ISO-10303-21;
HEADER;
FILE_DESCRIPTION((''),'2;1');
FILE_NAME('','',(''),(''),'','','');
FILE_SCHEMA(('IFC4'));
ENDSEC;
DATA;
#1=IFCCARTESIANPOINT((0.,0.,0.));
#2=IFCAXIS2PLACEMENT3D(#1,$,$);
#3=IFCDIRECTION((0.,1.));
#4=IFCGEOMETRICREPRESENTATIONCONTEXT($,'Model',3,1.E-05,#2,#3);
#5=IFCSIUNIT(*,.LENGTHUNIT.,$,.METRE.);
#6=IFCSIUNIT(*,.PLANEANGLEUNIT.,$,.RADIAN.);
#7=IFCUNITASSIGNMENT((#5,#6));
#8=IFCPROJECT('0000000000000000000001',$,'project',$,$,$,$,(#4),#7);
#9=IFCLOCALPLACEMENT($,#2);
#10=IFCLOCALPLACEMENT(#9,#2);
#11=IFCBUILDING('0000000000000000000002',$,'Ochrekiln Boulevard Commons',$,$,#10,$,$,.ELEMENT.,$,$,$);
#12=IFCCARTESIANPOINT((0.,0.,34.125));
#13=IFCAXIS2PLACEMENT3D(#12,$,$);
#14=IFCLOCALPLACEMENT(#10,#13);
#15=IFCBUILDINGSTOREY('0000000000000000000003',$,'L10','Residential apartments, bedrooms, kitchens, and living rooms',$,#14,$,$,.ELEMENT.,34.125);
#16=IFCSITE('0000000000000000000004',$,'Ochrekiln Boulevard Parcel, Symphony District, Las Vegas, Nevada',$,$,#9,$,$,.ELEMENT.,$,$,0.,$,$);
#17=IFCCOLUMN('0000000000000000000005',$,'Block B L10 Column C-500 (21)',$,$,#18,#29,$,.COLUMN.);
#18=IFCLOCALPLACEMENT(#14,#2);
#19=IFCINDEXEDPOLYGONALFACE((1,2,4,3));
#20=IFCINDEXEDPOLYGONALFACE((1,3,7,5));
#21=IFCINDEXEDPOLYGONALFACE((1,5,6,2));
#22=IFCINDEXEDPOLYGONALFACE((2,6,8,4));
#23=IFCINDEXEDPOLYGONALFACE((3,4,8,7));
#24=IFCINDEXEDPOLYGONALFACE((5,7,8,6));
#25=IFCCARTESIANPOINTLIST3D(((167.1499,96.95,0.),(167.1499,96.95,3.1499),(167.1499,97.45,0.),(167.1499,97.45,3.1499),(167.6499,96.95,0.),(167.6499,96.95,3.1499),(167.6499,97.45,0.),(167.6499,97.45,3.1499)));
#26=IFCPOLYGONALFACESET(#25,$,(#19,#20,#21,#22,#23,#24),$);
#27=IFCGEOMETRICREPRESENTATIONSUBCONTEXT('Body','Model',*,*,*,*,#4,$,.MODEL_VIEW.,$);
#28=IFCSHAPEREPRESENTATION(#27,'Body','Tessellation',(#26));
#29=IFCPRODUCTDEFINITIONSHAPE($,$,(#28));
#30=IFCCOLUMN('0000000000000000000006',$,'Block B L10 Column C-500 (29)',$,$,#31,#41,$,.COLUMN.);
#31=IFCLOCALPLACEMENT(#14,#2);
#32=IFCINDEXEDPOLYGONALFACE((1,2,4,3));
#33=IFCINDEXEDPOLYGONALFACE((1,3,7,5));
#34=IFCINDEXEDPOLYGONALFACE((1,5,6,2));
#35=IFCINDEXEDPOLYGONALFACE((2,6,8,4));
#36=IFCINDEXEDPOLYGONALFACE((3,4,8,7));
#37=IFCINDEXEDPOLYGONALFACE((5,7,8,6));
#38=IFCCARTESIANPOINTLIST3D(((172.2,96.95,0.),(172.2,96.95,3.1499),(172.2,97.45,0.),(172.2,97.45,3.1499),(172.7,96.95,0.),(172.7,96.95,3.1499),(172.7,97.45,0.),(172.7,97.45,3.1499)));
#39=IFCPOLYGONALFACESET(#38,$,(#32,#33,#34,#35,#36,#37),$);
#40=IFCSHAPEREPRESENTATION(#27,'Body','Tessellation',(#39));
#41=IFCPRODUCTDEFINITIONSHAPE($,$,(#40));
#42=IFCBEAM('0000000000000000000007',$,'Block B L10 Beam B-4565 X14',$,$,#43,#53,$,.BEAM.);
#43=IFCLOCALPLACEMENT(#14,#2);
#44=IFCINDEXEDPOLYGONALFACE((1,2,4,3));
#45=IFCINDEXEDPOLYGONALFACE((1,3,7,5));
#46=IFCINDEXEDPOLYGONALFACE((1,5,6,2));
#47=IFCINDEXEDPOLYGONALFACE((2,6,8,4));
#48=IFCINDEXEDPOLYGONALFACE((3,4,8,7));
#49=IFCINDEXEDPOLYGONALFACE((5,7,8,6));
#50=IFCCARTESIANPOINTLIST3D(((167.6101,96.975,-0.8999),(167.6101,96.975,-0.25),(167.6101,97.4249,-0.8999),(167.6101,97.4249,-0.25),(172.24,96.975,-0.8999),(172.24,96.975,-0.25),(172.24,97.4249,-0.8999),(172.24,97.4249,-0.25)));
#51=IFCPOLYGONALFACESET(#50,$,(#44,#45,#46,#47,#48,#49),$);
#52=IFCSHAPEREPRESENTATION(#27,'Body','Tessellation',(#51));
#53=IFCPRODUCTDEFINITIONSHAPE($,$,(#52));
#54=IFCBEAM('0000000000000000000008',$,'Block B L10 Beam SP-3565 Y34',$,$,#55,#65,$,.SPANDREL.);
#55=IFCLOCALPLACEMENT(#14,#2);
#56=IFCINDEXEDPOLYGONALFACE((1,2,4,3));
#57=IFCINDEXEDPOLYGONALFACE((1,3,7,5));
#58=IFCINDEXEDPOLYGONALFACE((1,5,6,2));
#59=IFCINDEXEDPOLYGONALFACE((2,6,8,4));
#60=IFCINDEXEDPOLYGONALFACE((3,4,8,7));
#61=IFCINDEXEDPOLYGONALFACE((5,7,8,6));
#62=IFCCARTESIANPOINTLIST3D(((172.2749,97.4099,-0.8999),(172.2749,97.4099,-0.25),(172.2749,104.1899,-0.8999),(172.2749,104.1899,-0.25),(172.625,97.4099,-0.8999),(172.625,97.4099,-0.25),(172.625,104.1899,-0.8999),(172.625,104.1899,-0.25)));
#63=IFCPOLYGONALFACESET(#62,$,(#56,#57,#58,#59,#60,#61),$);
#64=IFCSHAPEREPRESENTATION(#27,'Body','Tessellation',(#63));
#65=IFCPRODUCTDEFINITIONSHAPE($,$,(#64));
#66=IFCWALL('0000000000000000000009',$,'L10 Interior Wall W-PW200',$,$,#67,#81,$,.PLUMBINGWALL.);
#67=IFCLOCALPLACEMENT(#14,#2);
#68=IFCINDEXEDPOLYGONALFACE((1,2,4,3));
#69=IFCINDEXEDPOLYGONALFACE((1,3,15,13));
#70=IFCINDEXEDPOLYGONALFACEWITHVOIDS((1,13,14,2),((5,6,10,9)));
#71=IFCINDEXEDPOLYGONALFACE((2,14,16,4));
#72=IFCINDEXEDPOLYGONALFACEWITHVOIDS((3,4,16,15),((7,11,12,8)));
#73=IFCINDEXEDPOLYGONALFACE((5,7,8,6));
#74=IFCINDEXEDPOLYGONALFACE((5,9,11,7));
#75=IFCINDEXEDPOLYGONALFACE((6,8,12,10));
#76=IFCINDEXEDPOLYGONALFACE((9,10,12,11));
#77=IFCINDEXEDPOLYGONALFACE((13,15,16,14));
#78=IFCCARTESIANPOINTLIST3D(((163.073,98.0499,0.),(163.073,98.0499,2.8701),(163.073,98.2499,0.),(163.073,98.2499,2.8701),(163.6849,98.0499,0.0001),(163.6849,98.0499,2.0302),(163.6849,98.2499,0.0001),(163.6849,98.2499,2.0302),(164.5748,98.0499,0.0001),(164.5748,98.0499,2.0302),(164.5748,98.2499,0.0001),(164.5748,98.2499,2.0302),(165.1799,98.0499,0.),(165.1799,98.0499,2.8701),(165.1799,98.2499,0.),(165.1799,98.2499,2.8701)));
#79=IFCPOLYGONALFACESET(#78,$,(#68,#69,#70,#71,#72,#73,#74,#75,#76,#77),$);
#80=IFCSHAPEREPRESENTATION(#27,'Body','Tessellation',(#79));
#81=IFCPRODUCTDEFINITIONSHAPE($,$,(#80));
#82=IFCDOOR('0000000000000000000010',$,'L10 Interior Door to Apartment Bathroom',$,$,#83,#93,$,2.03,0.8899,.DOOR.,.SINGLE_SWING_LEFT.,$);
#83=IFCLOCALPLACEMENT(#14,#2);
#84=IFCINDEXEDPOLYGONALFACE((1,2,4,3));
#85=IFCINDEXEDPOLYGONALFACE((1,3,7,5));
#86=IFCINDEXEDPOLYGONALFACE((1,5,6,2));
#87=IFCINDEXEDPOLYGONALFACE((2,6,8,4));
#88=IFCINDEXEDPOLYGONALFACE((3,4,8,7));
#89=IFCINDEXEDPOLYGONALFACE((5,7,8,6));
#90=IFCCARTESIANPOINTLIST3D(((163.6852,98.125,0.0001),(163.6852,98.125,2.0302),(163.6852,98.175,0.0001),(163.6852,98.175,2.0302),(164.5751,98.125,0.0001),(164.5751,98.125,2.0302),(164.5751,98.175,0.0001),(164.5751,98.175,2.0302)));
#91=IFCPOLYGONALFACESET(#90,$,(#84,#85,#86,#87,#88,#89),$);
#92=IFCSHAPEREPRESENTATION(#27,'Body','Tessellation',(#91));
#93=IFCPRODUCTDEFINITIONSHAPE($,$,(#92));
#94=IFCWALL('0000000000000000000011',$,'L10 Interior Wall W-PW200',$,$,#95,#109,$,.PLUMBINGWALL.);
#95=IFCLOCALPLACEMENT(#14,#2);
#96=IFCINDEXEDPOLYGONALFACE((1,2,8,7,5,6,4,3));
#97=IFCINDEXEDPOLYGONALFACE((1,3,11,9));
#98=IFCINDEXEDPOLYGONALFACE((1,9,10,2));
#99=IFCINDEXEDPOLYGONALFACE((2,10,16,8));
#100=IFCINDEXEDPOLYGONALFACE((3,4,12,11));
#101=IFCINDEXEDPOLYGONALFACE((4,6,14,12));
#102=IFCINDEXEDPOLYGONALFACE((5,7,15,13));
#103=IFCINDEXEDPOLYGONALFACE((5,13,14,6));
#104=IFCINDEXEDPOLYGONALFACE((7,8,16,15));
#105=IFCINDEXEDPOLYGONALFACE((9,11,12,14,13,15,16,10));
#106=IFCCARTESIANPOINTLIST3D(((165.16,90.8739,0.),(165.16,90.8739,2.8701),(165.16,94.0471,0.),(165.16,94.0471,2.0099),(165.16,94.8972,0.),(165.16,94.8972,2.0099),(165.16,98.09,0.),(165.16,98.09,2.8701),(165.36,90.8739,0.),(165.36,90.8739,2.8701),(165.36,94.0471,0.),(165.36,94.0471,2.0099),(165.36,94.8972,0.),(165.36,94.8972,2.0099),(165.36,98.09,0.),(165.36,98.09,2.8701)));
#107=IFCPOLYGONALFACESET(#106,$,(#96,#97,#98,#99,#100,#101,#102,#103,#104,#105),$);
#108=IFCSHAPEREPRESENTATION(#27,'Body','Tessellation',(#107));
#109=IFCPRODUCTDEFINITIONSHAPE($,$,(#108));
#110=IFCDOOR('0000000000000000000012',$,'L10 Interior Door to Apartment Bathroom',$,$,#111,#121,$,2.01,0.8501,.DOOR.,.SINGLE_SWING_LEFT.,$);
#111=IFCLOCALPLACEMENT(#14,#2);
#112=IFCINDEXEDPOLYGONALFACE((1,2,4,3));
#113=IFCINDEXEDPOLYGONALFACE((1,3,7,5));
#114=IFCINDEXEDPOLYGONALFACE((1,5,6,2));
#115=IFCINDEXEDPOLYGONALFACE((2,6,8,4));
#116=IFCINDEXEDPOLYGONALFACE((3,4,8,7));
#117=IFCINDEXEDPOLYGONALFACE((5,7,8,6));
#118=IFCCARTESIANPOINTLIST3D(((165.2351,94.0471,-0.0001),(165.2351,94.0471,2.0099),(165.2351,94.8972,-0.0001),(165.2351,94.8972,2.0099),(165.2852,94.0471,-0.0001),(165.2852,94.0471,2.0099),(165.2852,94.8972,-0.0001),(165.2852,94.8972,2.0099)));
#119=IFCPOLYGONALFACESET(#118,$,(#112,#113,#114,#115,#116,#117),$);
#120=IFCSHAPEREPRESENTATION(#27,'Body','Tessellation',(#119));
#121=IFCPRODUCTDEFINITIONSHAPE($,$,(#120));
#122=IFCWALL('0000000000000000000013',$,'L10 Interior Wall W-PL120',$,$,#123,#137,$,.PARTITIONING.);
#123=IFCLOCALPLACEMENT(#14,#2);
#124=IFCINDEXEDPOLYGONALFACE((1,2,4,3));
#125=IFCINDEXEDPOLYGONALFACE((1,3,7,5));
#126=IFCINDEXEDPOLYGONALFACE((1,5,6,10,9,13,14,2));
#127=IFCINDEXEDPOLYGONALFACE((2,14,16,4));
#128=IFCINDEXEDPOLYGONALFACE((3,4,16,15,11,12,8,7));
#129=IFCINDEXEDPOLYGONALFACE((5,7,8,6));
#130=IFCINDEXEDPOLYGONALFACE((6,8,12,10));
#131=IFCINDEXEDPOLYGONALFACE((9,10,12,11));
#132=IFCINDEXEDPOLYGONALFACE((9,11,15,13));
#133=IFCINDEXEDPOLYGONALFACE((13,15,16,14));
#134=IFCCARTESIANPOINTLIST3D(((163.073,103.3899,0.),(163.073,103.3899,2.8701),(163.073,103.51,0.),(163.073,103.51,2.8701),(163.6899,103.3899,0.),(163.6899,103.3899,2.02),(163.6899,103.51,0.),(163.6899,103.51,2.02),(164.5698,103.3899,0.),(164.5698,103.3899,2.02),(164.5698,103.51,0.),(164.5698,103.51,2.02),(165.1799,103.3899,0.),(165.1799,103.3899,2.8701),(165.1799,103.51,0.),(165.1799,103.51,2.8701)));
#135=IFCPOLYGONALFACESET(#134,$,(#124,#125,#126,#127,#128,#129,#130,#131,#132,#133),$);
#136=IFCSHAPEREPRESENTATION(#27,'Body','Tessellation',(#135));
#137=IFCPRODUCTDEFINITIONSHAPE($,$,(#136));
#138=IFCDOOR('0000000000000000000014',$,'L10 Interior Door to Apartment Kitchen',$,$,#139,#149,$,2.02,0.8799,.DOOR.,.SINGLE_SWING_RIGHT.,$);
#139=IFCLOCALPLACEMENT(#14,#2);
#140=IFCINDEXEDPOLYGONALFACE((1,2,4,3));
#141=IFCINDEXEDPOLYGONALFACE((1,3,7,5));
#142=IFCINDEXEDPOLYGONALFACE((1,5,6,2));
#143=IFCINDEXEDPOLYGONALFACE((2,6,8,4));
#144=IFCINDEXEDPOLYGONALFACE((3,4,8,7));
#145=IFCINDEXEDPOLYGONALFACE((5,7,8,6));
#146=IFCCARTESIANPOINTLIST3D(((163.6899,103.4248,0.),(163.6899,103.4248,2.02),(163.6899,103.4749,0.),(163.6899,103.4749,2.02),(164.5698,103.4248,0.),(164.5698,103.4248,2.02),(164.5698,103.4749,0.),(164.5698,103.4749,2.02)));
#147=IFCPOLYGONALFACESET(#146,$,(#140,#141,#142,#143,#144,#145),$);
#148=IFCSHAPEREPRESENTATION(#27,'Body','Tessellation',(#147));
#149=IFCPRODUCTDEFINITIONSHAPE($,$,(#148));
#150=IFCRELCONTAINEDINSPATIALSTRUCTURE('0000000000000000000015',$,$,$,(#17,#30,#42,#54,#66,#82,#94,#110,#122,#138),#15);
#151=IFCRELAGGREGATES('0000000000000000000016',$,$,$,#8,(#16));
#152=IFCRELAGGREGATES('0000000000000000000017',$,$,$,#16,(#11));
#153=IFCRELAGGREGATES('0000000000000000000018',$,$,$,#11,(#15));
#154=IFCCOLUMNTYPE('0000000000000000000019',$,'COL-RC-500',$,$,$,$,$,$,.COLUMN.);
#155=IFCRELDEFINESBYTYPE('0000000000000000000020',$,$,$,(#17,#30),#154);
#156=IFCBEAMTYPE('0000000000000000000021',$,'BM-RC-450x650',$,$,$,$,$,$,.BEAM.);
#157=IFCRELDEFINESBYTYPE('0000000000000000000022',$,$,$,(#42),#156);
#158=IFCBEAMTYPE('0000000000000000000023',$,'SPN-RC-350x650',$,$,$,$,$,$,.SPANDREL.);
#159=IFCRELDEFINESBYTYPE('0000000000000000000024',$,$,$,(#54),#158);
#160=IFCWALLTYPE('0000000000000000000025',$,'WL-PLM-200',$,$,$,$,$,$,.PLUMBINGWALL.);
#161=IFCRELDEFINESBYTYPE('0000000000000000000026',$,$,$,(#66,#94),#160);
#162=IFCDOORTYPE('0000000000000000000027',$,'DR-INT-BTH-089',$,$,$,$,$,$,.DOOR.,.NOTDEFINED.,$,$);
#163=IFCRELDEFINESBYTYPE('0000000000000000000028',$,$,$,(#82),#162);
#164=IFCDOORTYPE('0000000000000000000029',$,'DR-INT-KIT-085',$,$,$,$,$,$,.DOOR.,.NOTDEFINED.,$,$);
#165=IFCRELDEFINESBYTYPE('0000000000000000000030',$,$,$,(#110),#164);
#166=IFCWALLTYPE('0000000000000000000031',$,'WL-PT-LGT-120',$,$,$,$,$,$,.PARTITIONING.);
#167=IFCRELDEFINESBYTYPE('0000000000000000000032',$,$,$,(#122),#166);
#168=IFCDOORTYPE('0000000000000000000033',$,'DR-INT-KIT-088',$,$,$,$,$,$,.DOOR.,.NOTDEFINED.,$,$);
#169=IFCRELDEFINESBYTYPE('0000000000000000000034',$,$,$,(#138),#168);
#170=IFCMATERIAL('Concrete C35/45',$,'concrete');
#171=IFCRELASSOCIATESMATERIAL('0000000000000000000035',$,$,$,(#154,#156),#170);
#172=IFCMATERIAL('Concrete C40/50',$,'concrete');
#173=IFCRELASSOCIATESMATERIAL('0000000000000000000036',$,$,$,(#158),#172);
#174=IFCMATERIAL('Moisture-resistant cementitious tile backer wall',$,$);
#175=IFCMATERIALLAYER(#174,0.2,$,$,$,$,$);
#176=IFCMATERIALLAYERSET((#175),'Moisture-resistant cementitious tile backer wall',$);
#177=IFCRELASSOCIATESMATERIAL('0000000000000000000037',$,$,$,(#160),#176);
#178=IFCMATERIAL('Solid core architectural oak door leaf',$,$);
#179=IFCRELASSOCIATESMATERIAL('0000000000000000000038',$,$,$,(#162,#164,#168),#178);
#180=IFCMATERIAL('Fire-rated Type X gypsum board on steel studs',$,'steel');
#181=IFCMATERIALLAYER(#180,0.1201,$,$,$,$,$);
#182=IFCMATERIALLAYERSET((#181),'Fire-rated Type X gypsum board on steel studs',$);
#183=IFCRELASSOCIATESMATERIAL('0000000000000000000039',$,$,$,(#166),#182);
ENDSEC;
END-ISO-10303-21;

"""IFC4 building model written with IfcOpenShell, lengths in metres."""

from ifc_helpers import new_model, si_unit, direction, frame, frame_2d, origin, origin_2d, place, context, subcontext, project, spatial, rectangle, extrude, material, layer, layer_set, material_profile, profile_set, type_object, element, fill, save


model = new_model("IFC4")

# Units and contexts
model_context = context("Model", 3, precision=1e-05, world=origin(), true_north=direction((0.0, 1.0)))
body_context = subcontext(model_context, "Body", "Model", "MODEL_VIEW")
ifc_project = project(units=[si_unit("LENGTHUNIT", "METRE"), si_unit("PLANEANGLEUNIT", "RADIAN")], contexts=[model_context])

# Site, building, storey
site_placement = place(None, origin())
site = spatial("IfcSite", under=ifc_project, at=site_placement, Name="Ochrekiln Boulevard Parcel, Symphony District, Las Vegas, Nevada", CompositionType="ELEMENT", RefElevation=0.0)
building_placement = place(site_placement, origin())
building = spatial("IfcBuilding", under=site, at=building_placement, Name="Ochrekiln Boulevard Commons", CompositionType="ELEMENT")
storey_placement = place(building_placement, frame((0.0, 0.0, 34.125)))
storey = spatial("IfcBuildingStorey", under=building, at=storey_placement, Name="L10", Description="Residential apartments, bedrooms, kitchens, and living rooms", CompositionType="ELEMENT", Elevation=34.125)

# Columns
ifc_material_1 = material(Name="Concrete C35/45", Category="concrete")
ifc_material_profile_1 = material_profile(ifc_material_1, rectangle(XDim=0.5, YDim=0.5, at=origin_2d()), Name="RC-COL-500x500")
ifc_profile_set_1 = profile_set([ifc_material_profile_1], Name="Concrete C35/45")
column_type = type_object("IfcColumnType", Name="COL-RC-500", PredefinedType="COLUMN", material=ifc_profile_set_1)
for number, where, z_axis, x_axis, name in (
    (1, (167.3999, 97.2, 0.0), (0.0, 0.0, 1.0), (1.0, 0.0, 0.0), "Block B L10 Column C-500 (21)"),
    (2, (172.45, 97.2, 0.0), (0.0, 0.0, 1.0), (1.0, 0.0, 0.0), "Block B L10 Column C-500 (29)"),
):
    element("IfcColumn", number, at=place(storey_placement, frame(where, z_axis=z_axis, x_axis=x_axis)), inside=storey, type_object=column_type, Name=name, PredefinedType="COLUMN", context=body_context, shape_type="SweptSolid", body=[
        extrude(rectangle(XDim=0.5, YDim=0.5, at=origin_2d()), origin(), (0.0, 0.0, 1.0), 3.1499),
    ])

# Beams
ifc_material_profile_2 = material_profile(ifc_material_1, rectangle(XDim=0.45, YDim=0.6499, at=origin_2d()), Name="RC-BM-450x650")
ifc_profile_set_2 = profile_set([ifc_material_profile_2], Name="Concrete C35/45")
beam_type_1 = type_object("IfcBeamType", Name="BM-RC-450x650", PredefinedType="BEAM", material=ifc_profile_set_2)
beam_1_placement = place(storey_placement, frame((167.6101, 97.2, -0.575), z_axis=(1.0, 0.0, 0.0), x_axis=(0.0, 1.0, 0.0)))
element("IfcBeam", 3, at=beam_1_placement, inside=storey, type_object=beam_type_1, Name="Block B L10 Beam B-4565 X14", PredefinedType="BEAM", context=body_context, shape_type="SweptSolid", body=[
    extrude(rectangle(XDim=0.45, YDim=0.6499, at=origin_2d()), origin(), (0.0, 0.0, 1.0), 4.6299),
])
ifc_material_2 = material(Name="Concrete C40/50", Category="concrete")
ifc_material_profile_3 = material_profile(ifc_material_2, rectangle(XDim=0.3501, YDim=0.6499, at=origin_2d()), Name="RC-SPN-350x650")
ifc_profile_set_3 = profile_set([ifc_material_profile_3], Name="Concrete C40/50")
beam_type_2 = type_object("IfcBeamType", Name="SPN-RC-350x650", PredefinedType="SPANDREL", material=ifc_profile_set_3)
beam_2_placement = place(storey_placement, frame((172.45, 97.4099, -0.575), z_axis=(0.0, 1.0, 0.0), x_axis=(-1.0, 0.0, 0.0)))
element("IfcBeam", 4, at=beam_2_placement, inside=storey, type_object=beam_type_2, Name="Block B L10 Beam SP-3565 Y34", PredefinedType="SPANDREL", context=body_context, shape_type="SweptSolid", body=[
    extrude(rectangle(XDim=0.3501, YDim=0.6499, at=origin_2d()), origin(), (0.0, 0.0, 1.0), 6.78),
])

# Walls, openings, doors
ifc_material_3 = material(Name="Moisture-resistant cementitious tile backer wall")
ifc_layer_1 = layer(ifc_material_3, 0.2)
ifc_layer_set_1 = layer_set([ifc_layer_1], Name="Moisture-resistant cementitious tile backer wall")
wall_type_1 = type_object("IfcWallType", Name="WL-PLM-200", PredefinedType="PLUMBINGWALL", material=ifc_layer_set_1)
wall_1_placement = place(storey_placement, frame((163.073, 98.1499, 0.0), z_axis=(0.0, 0.0, 1.0), x_axis=(1.0, 0.0, 0.0)))
wall_1 = element("IfcWall", 5, at=wall_1_placement, inside=storey, type_object=wall_type_1, Name="L10 Interior Wall W-PW200", PredefinedType="PLUMBINGWALL", context=body_context, shape_type="SweptSolid", body=[
    extrude(rectangle(XDim=2.1069, YDim=0.2, at=frame_2d((1.0535, 0.0))), origin(), (0.0, 0.0, 1.0), 2.8701),
])
opening_1_placement = place(wall_1_placement, frame((0.6121, 0.0, 0.0)))
opening_1 = element("IfcOpeningElement", 6, at=opening_1_placement, cuts=wall_1, PredefinedType="OPENING", context=body_context, shape_type="SweptSolid", body=[
    extrude(rectangle(XDim=0.8899, YDim=2.03, at=frame_2d((0.4448, 1.0151))), frame((0.0, 0.1099, 0.0), z_axis=(0.0, -1.0, 0.0), x_axis=(1.0, 0.0, 0.0)), (0.0, 0.0, 1.0), 0.22),
])
ifc_material_4 = material(Name="Solid core architectural oak door leaf")
door_type_1 = type_object("IfcDoorType", Name="DR-INT-BTH-089", OperationType="NOTDEFINED", PredefinedType="DOOR", material=ifc_material_4)
door_1_placement = place(opening_1_placement, frame((0.8899, 0.0, 0.0), z_axis=(0.0, 0.0, 1.0), x_axis=(-1.0, 0.0, 0.0)))
door_1 = element("IfcDoor", 7, at=door_1_placement, inside=storey, type_object=door_type_1, Name="L10 Interior Door to Apartment Bathroom", OperationType="SINGLE_SWING_LEFT", OverallHeight=2.03, OverallWidth=0.8899, PredefinedType="DOOR", context=body_context, shape_type="SweptSolid", body=[
    extrude(rectangle(XDim=0.8899, YDim=2.03, at=frame_2d((0.4448, 1.0151))), frame((0.0, 0.0249, 0.0), z_axis=(0.0, -1.0, 0.0), x_axis=(1.0, 0.0, 0.0)), (0.0, 0.0, 1.0), 0.05),
])
fill(opening_1, door_1)
wall_2_placement = place(storey_placement, frame((165.26, 90.874, 0.0), z_axis=(0.0, 0.0, 1.0), x_axis=(0.0, 1.0, 0.0)))
wall_2 = element("IfcWall", 8, at=wall_2_placement, inside=storey, type_object=wall_type_1, Name="L10 Interior Wall W-PW200", PredefinedType="PLUMBINGWALL", context=body_context, shape_type="SweptSolid", body=[
    extrude(rectangle(XDim=7.2161, YDim=0.2, at=frame_2d((3.6079, 0.0))), origin(), (0.0, 0.0, 1.0), 2.8701),
])
opening_2_placement = place(wall_2_placement, frame((3.1731, 0.0, 0.0)))
opening_2 = element("IfcOpeningElement", 9, at=opening_2_placement, cuts=wall_2, PredefinedType="OPENING", context=body_context, shape_type="SweptSolid", body=[
    extrude(rectangle(XDim=0.8501, YDim=2.01, at=frame_2d((0.425, 1.0049))), frame((0.0, 0.1099, 0.0), z_axis=(0.0, -1.0, 0.0), x_axis=(1.0, 0.0, 0.0)), (0.0, 0.0, 1.0), 0.22),
])
door_type_2 = type_object("IfcDoorType", Name="DR-INT-KIT-085", OperationType="NOTDEFINED", PredefinedType="DOOR", material=ifc_material_4)
door_2_placement = place(opening_2_placement, origin())
door_2 = element("IfcDoor", 10, at=door_2_placement, inside=storey, type_object=door_type_2, Name="L10 Interior Door to Apartment Bathroom", OperationType="SINGLE_SWING_LEFT", OverallHeight=2.01, OverallWidth=0.8501, PredefinedType="DOOR", context=body_context, shape_type="SweptSolid", body=[
    extrude(rectangle(XDim=0.8501, YDim=2.01, at=frame_2d((0.425, 1.0049))), frame((0.0, 0.0249, 0.0), z_axis=(0.0, -1.0, 0.0), x_axis=(1.0, 0.0, 0.0)), (0.0, 0.0, 1.0), 0.05),
])
fill(opening_2, door_2)
ifc_material_5 = material(Name="Fire-rated Type X gypsum board on steel studs", Category="steel")
ifc_layer_2 = layer(ifc_material_5, 0.1201)
ifc_layer_set_2 = layer_set([ifc_layer_2], Name="Fire-rated Type X gypsum board on steel studs")
wall_type_2 = type_object("IfcWallType", Name="WL-PT-LGT-120", PredefinedType="PARTITIONING", material=ifc_layer_set_2)
wall_3_placement = place(storey_placement, frame((163.073, 103.45, 0.0), z_axis=(0.0, 0.0, 1.0), x_axis=(1.0, 0.0, 0.0)))
wall_3 = element("IfcWall", 11, at=wall_3_placement, inside=storey, type_object=wall_type_2, Name="L10 Interior Wall W-PL120", PredefinedType="PARTITIONING", context=body_context, shape_type="SweptSolid", body=[
    extrude(rectangle(XDim=2.1069, YDim=0.1201, at=frame_2d((1.0535, 0.0))), origin(), (0.0, 0.0, 1.0), 2.8701),
])
opening_3_placement = place(wall_3_placement, frame((0.6169, 0.0, 0.0)))
opening_3 = element("IfcOpeningElement", 12, at=opening_3_placement, cuts=wall_3, PredefinedType="OPENING", context=body_context, shape_type="SweptSolid", body=[
    extrude(rectangle(XDim=0.8799, YDim=2.02, at=frame_2d((0.4399, 1.01))), frame((0.0, 0.0701, 0.0), z_axis=(0.0, -1.0, 0.0), x_axis=(1.0, 0.0, 0.0)), (0.0, 0.0, 1.0), 0.1401),
])
door_type_3 = type_object("IfcDoorType", Name="DR-INT-KIT-088", OperationType="NOTDEFINED", PredefinedType="DOOR", material=ifc_material_4)
door_3_placement = place(opening_3_placement, origin())
door_3 = element("IfcDoor", 13, at=door_3_placement, inside=storey, type_object=door_type_3, Name="L10 Interior Door to Apartment Kitchen", OperationType="SINGLE_SWING_RIGHT", OverallHeight=2.02, OverallWidth=0.8799, PredefinedType="DOOR", context=body_context, shape_type="SweptSolid", body=[
    extrude(rectangle(XDim=0.8799, YDim=2.02, at=frame_2d((0.4399, 1.01))), frame((0.0, 0.0249, 0.0), z_axis=(0.0, -1.0, 0.0), x_axis=(1.0, 0.0, 0.0)), (0.0, 0.0, 1.0), 0.05),
])
fill(opening_3, door_3)

save(model, "model.ifc")
